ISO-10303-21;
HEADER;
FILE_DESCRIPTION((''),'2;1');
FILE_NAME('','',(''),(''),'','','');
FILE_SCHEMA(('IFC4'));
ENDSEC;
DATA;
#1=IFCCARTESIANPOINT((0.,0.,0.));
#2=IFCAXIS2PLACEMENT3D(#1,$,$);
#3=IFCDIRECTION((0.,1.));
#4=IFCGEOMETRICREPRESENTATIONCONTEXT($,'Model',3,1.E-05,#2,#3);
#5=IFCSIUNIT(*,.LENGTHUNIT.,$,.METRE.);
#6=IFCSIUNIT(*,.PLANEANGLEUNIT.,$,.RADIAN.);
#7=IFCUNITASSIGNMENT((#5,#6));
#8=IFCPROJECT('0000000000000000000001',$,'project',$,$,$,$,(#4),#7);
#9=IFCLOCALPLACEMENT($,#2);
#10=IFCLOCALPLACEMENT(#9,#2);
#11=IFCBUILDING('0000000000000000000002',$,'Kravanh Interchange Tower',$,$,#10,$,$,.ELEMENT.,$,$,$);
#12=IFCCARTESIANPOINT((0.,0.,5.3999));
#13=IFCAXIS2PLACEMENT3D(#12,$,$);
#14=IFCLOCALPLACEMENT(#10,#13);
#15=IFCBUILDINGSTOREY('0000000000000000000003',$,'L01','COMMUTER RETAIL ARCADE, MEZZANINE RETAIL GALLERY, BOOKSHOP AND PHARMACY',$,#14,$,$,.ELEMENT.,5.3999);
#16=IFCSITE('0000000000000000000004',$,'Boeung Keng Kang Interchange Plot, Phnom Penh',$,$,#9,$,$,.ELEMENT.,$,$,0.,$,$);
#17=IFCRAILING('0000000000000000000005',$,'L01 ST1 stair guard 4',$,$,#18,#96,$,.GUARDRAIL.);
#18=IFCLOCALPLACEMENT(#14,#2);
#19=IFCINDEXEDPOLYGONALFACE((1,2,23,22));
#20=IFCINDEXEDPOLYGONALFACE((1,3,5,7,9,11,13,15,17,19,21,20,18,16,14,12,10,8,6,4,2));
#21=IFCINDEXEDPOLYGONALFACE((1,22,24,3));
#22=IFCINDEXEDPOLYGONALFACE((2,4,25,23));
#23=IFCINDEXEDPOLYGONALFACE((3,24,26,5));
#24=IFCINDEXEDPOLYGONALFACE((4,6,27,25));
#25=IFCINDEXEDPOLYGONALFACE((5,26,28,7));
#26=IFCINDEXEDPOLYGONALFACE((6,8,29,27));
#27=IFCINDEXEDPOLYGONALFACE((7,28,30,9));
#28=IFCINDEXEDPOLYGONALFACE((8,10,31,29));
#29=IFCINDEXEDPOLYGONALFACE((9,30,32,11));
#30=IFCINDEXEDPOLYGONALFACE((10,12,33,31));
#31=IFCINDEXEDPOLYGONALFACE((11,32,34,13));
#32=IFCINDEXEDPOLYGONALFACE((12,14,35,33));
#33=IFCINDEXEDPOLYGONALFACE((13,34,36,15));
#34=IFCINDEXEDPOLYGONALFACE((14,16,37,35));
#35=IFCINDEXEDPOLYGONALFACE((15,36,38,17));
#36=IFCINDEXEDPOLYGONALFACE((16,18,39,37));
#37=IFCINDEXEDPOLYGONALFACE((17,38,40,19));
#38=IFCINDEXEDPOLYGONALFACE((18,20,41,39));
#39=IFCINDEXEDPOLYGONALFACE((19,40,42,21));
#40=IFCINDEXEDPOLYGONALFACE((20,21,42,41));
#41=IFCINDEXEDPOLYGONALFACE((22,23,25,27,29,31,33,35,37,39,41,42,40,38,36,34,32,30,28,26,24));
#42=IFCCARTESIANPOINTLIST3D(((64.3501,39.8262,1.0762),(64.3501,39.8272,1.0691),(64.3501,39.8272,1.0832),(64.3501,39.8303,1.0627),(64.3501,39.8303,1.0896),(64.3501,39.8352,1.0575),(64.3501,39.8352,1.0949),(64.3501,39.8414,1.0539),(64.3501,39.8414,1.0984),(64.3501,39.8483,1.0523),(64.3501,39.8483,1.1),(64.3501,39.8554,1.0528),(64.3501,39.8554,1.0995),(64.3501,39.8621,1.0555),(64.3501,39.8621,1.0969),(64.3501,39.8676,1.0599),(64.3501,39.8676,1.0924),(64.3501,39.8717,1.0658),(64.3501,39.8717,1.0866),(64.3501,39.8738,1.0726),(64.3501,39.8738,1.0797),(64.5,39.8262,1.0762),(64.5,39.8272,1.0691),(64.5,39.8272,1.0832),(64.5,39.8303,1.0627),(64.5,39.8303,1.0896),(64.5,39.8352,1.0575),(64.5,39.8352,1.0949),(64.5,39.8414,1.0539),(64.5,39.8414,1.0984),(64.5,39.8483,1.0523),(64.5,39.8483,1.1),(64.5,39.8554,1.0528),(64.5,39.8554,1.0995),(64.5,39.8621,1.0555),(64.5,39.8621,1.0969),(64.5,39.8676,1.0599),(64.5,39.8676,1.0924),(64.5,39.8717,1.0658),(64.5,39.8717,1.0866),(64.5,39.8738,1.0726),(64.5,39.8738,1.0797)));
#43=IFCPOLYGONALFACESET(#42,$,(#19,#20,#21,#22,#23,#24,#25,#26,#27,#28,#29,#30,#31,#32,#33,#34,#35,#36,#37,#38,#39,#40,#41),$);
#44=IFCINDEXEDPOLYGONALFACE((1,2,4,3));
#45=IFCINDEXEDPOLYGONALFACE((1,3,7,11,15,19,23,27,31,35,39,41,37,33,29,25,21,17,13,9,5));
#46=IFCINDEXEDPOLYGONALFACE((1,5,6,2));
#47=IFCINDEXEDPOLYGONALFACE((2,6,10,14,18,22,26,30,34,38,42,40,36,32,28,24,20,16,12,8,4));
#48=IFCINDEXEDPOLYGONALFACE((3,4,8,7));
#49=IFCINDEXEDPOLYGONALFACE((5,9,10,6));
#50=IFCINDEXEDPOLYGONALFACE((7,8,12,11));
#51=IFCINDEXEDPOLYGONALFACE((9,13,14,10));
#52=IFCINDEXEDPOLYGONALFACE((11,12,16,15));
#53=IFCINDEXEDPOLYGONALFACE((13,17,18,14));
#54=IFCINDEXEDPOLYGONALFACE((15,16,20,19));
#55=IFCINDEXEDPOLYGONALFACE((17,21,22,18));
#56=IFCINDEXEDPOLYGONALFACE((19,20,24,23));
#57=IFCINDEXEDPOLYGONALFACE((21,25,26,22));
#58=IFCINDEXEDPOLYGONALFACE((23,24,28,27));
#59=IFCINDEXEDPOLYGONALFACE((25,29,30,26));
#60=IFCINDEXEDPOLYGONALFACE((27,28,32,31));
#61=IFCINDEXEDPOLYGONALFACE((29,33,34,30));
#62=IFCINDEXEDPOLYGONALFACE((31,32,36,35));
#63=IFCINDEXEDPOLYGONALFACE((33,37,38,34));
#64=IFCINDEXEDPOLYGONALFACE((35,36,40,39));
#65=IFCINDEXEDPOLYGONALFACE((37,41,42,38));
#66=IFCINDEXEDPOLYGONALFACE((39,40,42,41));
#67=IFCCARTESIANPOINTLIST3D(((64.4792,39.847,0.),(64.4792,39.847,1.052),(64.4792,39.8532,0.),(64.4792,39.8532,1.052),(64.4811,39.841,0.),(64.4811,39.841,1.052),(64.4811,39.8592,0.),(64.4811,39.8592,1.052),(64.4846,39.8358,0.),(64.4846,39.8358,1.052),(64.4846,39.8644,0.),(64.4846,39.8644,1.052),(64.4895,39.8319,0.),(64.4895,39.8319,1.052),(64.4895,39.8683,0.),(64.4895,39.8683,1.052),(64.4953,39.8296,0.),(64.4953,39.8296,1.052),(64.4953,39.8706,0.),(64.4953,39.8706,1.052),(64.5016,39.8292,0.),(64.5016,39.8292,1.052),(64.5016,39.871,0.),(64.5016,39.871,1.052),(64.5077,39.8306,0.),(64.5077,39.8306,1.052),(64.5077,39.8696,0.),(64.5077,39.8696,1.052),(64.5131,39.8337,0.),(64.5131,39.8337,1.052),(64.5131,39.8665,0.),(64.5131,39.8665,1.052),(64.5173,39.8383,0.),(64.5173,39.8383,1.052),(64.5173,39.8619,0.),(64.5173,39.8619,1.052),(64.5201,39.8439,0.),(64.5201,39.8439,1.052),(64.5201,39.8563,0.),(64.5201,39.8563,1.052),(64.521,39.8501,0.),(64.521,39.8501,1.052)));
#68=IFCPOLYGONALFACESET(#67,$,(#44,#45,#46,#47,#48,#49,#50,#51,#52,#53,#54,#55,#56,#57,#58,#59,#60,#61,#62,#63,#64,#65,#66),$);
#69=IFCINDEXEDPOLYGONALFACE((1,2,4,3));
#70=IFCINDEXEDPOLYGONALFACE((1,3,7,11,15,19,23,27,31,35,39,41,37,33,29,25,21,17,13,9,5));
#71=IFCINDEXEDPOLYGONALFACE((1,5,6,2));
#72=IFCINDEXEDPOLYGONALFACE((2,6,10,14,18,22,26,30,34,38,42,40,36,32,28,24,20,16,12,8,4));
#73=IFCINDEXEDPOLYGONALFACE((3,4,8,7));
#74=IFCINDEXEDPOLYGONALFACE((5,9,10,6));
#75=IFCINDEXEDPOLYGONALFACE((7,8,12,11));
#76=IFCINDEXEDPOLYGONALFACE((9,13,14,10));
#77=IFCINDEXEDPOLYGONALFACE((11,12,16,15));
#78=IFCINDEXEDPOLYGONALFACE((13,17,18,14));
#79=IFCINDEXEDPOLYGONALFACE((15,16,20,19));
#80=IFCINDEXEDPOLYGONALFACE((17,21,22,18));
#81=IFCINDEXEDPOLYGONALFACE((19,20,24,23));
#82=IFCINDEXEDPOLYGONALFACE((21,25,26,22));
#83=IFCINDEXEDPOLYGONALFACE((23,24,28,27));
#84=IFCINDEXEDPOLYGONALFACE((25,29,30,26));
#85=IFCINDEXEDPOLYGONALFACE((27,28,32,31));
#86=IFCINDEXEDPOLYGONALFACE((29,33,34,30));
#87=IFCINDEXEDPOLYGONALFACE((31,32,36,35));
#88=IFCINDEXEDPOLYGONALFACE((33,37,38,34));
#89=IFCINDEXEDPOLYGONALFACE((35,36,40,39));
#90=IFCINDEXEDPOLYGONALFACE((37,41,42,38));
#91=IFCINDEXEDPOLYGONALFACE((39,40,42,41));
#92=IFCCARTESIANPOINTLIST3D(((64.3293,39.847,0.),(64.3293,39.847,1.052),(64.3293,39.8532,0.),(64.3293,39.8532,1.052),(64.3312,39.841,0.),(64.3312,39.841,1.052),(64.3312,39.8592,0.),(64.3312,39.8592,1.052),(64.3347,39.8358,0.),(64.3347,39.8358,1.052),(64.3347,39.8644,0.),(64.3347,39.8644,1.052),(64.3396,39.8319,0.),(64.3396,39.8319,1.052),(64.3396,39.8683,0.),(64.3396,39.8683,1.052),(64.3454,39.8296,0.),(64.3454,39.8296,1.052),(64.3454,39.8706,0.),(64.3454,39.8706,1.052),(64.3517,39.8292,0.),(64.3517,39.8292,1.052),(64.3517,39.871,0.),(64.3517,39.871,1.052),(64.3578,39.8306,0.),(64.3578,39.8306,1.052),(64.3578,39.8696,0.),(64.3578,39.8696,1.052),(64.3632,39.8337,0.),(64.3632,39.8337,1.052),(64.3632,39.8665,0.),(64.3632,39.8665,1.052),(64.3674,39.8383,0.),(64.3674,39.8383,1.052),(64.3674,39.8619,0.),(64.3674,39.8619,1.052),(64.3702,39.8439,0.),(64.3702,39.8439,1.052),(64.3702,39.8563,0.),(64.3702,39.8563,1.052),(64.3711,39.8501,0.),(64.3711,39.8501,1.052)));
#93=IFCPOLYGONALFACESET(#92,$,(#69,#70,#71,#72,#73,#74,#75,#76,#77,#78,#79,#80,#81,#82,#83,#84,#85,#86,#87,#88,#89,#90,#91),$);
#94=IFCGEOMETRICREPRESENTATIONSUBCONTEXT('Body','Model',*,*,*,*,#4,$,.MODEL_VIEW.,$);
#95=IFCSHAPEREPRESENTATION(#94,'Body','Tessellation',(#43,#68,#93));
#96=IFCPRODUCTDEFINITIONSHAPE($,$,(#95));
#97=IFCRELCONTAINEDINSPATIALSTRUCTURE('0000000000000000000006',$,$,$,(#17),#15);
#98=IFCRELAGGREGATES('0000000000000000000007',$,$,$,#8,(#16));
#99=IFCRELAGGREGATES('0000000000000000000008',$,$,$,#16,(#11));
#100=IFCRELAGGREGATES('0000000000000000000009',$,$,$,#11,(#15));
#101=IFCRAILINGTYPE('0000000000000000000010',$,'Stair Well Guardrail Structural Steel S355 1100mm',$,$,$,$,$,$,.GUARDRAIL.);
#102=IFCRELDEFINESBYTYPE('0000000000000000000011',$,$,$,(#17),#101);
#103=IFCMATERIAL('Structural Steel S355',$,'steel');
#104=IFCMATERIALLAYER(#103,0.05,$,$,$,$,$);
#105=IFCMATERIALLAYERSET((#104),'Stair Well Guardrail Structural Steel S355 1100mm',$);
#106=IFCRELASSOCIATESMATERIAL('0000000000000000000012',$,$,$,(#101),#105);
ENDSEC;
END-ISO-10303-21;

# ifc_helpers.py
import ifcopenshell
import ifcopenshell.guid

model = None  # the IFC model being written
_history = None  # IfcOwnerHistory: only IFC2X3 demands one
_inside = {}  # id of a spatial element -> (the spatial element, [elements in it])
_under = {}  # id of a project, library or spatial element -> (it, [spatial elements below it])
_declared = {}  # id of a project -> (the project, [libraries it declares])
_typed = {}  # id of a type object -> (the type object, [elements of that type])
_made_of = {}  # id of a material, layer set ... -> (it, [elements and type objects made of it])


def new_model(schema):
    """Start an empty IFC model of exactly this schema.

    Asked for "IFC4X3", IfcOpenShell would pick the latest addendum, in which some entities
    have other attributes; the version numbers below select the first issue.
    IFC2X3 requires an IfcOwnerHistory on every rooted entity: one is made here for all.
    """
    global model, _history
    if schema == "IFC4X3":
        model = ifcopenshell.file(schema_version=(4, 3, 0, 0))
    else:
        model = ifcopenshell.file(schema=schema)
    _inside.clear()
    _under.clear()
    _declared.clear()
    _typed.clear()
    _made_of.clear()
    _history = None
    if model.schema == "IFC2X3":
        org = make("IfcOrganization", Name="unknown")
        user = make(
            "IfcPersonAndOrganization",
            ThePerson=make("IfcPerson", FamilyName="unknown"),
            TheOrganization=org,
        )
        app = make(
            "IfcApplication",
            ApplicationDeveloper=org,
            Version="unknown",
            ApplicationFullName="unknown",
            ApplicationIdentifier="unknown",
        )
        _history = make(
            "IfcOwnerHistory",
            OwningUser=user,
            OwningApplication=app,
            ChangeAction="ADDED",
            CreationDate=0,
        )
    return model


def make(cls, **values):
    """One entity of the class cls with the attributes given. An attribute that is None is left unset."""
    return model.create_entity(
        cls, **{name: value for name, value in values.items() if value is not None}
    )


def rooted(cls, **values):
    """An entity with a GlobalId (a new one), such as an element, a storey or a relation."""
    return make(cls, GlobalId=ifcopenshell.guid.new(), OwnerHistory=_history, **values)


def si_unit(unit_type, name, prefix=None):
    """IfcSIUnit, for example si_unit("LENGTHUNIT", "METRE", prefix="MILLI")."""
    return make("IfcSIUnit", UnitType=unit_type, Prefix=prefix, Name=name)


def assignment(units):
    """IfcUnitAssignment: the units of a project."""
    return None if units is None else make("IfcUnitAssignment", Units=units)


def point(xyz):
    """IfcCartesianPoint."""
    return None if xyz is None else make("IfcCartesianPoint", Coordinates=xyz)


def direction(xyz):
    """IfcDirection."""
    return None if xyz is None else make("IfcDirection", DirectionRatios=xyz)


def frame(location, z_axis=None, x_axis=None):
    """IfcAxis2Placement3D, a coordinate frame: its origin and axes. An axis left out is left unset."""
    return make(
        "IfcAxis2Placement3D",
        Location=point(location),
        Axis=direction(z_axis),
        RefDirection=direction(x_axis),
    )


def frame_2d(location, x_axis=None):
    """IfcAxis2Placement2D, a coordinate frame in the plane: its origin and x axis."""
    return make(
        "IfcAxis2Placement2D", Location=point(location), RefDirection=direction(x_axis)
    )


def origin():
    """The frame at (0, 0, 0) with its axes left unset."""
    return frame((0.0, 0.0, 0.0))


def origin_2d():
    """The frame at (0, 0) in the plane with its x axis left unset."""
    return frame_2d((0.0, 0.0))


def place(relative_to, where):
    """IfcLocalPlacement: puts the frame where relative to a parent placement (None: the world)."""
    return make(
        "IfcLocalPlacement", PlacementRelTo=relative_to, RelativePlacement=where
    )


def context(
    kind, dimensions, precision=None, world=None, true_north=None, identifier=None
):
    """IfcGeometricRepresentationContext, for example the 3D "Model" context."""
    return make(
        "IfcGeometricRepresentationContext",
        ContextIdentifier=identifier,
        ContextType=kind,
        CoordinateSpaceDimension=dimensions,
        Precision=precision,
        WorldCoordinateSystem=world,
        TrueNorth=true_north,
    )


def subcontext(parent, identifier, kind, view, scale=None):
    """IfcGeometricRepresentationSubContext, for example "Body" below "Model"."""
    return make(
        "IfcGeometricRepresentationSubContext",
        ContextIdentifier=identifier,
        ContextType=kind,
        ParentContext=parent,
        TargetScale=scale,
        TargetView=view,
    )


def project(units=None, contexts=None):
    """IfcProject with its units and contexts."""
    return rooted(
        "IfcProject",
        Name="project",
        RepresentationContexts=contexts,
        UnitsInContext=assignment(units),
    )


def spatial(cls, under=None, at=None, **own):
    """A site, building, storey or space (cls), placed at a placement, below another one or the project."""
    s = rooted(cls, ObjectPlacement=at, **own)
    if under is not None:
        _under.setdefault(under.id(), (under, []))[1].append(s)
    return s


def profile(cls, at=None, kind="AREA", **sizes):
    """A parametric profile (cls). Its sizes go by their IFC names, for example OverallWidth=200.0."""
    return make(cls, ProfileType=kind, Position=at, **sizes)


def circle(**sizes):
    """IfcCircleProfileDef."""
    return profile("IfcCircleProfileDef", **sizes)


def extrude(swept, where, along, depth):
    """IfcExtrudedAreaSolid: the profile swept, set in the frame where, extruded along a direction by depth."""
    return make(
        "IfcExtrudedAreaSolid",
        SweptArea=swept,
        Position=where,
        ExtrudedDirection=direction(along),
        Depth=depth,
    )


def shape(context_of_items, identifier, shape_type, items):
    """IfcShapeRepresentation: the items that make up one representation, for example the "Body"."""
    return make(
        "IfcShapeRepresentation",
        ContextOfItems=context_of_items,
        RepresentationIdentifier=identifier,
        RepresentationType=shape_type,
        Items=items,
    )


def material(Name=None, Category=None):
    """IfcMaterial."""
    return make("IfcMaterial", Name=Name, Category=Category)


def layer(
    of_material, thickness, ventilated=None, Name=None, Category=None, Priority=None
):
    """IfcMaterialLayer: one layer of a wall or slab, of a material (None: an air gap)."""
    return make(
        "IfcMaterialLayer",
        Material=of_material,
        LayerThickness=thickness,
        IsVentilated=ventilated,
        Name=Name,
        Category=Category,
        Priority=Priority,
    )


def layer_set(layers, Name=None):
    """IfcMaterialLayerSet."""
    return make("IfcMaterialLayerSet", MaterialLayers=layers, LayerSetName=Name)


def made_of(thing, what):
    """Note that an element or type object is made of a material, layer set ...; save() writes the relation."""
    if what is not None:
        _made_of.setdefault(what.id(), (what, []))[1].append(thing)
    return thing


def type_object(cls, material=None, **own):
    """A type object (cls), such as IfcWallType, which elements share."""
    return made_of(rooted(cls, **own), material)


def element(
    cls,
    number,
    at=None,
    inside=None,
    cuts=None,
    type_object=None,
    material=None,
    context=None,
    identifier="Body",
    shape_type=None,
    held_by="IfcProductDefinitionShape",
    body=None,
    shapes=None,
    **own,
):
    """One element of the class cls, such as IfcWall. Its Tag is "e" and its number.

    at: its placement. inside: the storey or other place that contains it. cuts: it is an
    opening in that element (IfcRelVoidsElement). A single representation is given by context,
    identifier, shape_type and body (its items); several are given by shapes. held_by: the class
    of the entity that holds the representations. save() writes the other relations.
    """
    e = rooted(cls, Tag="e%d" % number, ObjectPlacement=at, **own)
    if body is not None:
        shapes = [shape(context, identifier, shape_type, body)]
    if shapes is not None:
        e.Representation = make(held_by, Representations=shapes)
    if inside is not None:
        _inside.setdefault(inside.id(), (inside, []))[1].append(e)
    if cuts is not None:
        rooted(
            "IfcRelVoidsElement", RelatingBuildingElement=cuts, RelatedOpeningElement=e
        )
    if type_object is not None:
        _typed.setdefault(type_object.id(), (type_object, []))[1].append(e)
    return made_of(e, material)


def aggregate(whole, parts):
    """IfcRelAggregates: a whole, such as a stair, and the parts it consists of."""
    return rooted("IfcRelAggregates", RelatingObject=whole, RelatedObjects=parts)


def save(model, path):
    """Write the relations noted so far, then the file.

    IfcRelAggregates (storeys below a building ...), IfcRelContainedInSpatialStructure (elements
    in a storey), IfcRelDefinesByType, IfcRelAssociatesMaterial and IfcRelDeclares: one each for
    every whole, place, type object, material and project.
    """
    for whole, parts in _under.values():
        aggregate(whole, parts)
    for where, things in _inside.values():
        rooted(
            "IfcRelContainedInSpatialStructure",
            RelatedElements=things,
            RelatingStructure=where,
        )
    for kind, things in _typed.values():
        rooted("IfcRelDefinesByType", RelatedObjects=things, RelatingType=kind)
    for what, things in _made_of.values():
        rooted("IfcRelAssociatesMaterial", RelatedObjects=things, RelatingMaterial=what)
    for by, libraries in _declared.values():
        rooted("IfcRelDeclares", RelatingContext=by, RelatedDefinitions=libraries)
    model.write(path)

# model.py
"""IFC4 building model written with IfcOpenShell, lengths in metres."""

from ifc_helpers import new_model, si_unit, direction, frame, origin, origin_2d, place, context, subcontext, project, spatial, circle, extrude, material, layer, layer_set, type_object, element, save


model = new_model("IFC4")

# Units and contexts
model_context = context("Model", 3, precision=1e-05, world=origin(), true_north=direction((0.0, 1.0)))
body_context = subcontext(model_context, "Body", "Model", "MODEL_VIEW")
ifc_project = project(units=[si_unit("LENGTHUNIT", "METRE"), si_unit("PLANEANGLEUNIT", "RADIAN")], contexts=[model_context])

# Site, building, storey
site_placement = place(None, origin())
site = spatial("IfcSite", under=ifc_project, at=site_placement, Name="Boeung Keng Kang Interchange Plot, Phnom Penh", CompositionType="ELEMENT", RefElevation=0.0)
building_placement = place(site_placement, origin())
building = spatial("IfcBuilding", under=site, at=building_placement, Name="Kravanh Interchange Tower", CompositionType="ELEMENT")
storey_placement = place(building_placement, frame((0.0, 0.0, 5.3999)))
storey = spatial("IfcBuildingStorey", under=building, at=storey_placement, Name="L01", Description="COMMUTER RETAIL ARCADE, MEZZANINE RETAIL GALLERY, BOOKSHOP AND PHARMACY", CompositionType="ELEMENT", Elevation=5.3999)

# Railing
ifc_material_1 = material(Name="Structural Steel S355", Category="steel")
ifc_layer_1 = layer(ifc_material_1, 0.05)
ifc_layer_set_1 = layer_set([ifc_layer_1], Name="Stair Well Guardrail Structural Steel S355 1100mm")
railing_type_1 = type_object("IfcRailingType", Name="Stair Well Guardrail Structural Steel S355 1100mm", PredefinedType="GUARDRAIL", material=ifc_layer_set_1)
railing_1_placement = place(storey_placement, frame((64.5, 39.8501, 0.0)))
element("IfcRailing", 1, at=railing_1_placement, inside=storey, type_object=railing_type_1, Name="L01 ST1 stair guard 4", PredefinedType="GUARDRAIL", context=body_context, shape_type="SweptSolid", body=[
    extrude(circle(Radius=0.0239, at=origin_2d()), frame((0.0, 0.0, 1.0762), z_axis=(-1.0, 0.0, 0.0), x_axis=(0.0, -1.0, 0.0)), (0.0, 0.0, 1.0), 0.1499),
    extrude(circle(Radius=0.021, at=origin_2d()), origin(), (0.0, 0.0, 1.0), 1.052),
    extrude(circle(Radius=0.021, at=origin_2d()), frame((-0.1499, 0.0, 0.0)), (0.0, 0.0, 1.0), 1.052),
])

save(model, "model.ifc")
